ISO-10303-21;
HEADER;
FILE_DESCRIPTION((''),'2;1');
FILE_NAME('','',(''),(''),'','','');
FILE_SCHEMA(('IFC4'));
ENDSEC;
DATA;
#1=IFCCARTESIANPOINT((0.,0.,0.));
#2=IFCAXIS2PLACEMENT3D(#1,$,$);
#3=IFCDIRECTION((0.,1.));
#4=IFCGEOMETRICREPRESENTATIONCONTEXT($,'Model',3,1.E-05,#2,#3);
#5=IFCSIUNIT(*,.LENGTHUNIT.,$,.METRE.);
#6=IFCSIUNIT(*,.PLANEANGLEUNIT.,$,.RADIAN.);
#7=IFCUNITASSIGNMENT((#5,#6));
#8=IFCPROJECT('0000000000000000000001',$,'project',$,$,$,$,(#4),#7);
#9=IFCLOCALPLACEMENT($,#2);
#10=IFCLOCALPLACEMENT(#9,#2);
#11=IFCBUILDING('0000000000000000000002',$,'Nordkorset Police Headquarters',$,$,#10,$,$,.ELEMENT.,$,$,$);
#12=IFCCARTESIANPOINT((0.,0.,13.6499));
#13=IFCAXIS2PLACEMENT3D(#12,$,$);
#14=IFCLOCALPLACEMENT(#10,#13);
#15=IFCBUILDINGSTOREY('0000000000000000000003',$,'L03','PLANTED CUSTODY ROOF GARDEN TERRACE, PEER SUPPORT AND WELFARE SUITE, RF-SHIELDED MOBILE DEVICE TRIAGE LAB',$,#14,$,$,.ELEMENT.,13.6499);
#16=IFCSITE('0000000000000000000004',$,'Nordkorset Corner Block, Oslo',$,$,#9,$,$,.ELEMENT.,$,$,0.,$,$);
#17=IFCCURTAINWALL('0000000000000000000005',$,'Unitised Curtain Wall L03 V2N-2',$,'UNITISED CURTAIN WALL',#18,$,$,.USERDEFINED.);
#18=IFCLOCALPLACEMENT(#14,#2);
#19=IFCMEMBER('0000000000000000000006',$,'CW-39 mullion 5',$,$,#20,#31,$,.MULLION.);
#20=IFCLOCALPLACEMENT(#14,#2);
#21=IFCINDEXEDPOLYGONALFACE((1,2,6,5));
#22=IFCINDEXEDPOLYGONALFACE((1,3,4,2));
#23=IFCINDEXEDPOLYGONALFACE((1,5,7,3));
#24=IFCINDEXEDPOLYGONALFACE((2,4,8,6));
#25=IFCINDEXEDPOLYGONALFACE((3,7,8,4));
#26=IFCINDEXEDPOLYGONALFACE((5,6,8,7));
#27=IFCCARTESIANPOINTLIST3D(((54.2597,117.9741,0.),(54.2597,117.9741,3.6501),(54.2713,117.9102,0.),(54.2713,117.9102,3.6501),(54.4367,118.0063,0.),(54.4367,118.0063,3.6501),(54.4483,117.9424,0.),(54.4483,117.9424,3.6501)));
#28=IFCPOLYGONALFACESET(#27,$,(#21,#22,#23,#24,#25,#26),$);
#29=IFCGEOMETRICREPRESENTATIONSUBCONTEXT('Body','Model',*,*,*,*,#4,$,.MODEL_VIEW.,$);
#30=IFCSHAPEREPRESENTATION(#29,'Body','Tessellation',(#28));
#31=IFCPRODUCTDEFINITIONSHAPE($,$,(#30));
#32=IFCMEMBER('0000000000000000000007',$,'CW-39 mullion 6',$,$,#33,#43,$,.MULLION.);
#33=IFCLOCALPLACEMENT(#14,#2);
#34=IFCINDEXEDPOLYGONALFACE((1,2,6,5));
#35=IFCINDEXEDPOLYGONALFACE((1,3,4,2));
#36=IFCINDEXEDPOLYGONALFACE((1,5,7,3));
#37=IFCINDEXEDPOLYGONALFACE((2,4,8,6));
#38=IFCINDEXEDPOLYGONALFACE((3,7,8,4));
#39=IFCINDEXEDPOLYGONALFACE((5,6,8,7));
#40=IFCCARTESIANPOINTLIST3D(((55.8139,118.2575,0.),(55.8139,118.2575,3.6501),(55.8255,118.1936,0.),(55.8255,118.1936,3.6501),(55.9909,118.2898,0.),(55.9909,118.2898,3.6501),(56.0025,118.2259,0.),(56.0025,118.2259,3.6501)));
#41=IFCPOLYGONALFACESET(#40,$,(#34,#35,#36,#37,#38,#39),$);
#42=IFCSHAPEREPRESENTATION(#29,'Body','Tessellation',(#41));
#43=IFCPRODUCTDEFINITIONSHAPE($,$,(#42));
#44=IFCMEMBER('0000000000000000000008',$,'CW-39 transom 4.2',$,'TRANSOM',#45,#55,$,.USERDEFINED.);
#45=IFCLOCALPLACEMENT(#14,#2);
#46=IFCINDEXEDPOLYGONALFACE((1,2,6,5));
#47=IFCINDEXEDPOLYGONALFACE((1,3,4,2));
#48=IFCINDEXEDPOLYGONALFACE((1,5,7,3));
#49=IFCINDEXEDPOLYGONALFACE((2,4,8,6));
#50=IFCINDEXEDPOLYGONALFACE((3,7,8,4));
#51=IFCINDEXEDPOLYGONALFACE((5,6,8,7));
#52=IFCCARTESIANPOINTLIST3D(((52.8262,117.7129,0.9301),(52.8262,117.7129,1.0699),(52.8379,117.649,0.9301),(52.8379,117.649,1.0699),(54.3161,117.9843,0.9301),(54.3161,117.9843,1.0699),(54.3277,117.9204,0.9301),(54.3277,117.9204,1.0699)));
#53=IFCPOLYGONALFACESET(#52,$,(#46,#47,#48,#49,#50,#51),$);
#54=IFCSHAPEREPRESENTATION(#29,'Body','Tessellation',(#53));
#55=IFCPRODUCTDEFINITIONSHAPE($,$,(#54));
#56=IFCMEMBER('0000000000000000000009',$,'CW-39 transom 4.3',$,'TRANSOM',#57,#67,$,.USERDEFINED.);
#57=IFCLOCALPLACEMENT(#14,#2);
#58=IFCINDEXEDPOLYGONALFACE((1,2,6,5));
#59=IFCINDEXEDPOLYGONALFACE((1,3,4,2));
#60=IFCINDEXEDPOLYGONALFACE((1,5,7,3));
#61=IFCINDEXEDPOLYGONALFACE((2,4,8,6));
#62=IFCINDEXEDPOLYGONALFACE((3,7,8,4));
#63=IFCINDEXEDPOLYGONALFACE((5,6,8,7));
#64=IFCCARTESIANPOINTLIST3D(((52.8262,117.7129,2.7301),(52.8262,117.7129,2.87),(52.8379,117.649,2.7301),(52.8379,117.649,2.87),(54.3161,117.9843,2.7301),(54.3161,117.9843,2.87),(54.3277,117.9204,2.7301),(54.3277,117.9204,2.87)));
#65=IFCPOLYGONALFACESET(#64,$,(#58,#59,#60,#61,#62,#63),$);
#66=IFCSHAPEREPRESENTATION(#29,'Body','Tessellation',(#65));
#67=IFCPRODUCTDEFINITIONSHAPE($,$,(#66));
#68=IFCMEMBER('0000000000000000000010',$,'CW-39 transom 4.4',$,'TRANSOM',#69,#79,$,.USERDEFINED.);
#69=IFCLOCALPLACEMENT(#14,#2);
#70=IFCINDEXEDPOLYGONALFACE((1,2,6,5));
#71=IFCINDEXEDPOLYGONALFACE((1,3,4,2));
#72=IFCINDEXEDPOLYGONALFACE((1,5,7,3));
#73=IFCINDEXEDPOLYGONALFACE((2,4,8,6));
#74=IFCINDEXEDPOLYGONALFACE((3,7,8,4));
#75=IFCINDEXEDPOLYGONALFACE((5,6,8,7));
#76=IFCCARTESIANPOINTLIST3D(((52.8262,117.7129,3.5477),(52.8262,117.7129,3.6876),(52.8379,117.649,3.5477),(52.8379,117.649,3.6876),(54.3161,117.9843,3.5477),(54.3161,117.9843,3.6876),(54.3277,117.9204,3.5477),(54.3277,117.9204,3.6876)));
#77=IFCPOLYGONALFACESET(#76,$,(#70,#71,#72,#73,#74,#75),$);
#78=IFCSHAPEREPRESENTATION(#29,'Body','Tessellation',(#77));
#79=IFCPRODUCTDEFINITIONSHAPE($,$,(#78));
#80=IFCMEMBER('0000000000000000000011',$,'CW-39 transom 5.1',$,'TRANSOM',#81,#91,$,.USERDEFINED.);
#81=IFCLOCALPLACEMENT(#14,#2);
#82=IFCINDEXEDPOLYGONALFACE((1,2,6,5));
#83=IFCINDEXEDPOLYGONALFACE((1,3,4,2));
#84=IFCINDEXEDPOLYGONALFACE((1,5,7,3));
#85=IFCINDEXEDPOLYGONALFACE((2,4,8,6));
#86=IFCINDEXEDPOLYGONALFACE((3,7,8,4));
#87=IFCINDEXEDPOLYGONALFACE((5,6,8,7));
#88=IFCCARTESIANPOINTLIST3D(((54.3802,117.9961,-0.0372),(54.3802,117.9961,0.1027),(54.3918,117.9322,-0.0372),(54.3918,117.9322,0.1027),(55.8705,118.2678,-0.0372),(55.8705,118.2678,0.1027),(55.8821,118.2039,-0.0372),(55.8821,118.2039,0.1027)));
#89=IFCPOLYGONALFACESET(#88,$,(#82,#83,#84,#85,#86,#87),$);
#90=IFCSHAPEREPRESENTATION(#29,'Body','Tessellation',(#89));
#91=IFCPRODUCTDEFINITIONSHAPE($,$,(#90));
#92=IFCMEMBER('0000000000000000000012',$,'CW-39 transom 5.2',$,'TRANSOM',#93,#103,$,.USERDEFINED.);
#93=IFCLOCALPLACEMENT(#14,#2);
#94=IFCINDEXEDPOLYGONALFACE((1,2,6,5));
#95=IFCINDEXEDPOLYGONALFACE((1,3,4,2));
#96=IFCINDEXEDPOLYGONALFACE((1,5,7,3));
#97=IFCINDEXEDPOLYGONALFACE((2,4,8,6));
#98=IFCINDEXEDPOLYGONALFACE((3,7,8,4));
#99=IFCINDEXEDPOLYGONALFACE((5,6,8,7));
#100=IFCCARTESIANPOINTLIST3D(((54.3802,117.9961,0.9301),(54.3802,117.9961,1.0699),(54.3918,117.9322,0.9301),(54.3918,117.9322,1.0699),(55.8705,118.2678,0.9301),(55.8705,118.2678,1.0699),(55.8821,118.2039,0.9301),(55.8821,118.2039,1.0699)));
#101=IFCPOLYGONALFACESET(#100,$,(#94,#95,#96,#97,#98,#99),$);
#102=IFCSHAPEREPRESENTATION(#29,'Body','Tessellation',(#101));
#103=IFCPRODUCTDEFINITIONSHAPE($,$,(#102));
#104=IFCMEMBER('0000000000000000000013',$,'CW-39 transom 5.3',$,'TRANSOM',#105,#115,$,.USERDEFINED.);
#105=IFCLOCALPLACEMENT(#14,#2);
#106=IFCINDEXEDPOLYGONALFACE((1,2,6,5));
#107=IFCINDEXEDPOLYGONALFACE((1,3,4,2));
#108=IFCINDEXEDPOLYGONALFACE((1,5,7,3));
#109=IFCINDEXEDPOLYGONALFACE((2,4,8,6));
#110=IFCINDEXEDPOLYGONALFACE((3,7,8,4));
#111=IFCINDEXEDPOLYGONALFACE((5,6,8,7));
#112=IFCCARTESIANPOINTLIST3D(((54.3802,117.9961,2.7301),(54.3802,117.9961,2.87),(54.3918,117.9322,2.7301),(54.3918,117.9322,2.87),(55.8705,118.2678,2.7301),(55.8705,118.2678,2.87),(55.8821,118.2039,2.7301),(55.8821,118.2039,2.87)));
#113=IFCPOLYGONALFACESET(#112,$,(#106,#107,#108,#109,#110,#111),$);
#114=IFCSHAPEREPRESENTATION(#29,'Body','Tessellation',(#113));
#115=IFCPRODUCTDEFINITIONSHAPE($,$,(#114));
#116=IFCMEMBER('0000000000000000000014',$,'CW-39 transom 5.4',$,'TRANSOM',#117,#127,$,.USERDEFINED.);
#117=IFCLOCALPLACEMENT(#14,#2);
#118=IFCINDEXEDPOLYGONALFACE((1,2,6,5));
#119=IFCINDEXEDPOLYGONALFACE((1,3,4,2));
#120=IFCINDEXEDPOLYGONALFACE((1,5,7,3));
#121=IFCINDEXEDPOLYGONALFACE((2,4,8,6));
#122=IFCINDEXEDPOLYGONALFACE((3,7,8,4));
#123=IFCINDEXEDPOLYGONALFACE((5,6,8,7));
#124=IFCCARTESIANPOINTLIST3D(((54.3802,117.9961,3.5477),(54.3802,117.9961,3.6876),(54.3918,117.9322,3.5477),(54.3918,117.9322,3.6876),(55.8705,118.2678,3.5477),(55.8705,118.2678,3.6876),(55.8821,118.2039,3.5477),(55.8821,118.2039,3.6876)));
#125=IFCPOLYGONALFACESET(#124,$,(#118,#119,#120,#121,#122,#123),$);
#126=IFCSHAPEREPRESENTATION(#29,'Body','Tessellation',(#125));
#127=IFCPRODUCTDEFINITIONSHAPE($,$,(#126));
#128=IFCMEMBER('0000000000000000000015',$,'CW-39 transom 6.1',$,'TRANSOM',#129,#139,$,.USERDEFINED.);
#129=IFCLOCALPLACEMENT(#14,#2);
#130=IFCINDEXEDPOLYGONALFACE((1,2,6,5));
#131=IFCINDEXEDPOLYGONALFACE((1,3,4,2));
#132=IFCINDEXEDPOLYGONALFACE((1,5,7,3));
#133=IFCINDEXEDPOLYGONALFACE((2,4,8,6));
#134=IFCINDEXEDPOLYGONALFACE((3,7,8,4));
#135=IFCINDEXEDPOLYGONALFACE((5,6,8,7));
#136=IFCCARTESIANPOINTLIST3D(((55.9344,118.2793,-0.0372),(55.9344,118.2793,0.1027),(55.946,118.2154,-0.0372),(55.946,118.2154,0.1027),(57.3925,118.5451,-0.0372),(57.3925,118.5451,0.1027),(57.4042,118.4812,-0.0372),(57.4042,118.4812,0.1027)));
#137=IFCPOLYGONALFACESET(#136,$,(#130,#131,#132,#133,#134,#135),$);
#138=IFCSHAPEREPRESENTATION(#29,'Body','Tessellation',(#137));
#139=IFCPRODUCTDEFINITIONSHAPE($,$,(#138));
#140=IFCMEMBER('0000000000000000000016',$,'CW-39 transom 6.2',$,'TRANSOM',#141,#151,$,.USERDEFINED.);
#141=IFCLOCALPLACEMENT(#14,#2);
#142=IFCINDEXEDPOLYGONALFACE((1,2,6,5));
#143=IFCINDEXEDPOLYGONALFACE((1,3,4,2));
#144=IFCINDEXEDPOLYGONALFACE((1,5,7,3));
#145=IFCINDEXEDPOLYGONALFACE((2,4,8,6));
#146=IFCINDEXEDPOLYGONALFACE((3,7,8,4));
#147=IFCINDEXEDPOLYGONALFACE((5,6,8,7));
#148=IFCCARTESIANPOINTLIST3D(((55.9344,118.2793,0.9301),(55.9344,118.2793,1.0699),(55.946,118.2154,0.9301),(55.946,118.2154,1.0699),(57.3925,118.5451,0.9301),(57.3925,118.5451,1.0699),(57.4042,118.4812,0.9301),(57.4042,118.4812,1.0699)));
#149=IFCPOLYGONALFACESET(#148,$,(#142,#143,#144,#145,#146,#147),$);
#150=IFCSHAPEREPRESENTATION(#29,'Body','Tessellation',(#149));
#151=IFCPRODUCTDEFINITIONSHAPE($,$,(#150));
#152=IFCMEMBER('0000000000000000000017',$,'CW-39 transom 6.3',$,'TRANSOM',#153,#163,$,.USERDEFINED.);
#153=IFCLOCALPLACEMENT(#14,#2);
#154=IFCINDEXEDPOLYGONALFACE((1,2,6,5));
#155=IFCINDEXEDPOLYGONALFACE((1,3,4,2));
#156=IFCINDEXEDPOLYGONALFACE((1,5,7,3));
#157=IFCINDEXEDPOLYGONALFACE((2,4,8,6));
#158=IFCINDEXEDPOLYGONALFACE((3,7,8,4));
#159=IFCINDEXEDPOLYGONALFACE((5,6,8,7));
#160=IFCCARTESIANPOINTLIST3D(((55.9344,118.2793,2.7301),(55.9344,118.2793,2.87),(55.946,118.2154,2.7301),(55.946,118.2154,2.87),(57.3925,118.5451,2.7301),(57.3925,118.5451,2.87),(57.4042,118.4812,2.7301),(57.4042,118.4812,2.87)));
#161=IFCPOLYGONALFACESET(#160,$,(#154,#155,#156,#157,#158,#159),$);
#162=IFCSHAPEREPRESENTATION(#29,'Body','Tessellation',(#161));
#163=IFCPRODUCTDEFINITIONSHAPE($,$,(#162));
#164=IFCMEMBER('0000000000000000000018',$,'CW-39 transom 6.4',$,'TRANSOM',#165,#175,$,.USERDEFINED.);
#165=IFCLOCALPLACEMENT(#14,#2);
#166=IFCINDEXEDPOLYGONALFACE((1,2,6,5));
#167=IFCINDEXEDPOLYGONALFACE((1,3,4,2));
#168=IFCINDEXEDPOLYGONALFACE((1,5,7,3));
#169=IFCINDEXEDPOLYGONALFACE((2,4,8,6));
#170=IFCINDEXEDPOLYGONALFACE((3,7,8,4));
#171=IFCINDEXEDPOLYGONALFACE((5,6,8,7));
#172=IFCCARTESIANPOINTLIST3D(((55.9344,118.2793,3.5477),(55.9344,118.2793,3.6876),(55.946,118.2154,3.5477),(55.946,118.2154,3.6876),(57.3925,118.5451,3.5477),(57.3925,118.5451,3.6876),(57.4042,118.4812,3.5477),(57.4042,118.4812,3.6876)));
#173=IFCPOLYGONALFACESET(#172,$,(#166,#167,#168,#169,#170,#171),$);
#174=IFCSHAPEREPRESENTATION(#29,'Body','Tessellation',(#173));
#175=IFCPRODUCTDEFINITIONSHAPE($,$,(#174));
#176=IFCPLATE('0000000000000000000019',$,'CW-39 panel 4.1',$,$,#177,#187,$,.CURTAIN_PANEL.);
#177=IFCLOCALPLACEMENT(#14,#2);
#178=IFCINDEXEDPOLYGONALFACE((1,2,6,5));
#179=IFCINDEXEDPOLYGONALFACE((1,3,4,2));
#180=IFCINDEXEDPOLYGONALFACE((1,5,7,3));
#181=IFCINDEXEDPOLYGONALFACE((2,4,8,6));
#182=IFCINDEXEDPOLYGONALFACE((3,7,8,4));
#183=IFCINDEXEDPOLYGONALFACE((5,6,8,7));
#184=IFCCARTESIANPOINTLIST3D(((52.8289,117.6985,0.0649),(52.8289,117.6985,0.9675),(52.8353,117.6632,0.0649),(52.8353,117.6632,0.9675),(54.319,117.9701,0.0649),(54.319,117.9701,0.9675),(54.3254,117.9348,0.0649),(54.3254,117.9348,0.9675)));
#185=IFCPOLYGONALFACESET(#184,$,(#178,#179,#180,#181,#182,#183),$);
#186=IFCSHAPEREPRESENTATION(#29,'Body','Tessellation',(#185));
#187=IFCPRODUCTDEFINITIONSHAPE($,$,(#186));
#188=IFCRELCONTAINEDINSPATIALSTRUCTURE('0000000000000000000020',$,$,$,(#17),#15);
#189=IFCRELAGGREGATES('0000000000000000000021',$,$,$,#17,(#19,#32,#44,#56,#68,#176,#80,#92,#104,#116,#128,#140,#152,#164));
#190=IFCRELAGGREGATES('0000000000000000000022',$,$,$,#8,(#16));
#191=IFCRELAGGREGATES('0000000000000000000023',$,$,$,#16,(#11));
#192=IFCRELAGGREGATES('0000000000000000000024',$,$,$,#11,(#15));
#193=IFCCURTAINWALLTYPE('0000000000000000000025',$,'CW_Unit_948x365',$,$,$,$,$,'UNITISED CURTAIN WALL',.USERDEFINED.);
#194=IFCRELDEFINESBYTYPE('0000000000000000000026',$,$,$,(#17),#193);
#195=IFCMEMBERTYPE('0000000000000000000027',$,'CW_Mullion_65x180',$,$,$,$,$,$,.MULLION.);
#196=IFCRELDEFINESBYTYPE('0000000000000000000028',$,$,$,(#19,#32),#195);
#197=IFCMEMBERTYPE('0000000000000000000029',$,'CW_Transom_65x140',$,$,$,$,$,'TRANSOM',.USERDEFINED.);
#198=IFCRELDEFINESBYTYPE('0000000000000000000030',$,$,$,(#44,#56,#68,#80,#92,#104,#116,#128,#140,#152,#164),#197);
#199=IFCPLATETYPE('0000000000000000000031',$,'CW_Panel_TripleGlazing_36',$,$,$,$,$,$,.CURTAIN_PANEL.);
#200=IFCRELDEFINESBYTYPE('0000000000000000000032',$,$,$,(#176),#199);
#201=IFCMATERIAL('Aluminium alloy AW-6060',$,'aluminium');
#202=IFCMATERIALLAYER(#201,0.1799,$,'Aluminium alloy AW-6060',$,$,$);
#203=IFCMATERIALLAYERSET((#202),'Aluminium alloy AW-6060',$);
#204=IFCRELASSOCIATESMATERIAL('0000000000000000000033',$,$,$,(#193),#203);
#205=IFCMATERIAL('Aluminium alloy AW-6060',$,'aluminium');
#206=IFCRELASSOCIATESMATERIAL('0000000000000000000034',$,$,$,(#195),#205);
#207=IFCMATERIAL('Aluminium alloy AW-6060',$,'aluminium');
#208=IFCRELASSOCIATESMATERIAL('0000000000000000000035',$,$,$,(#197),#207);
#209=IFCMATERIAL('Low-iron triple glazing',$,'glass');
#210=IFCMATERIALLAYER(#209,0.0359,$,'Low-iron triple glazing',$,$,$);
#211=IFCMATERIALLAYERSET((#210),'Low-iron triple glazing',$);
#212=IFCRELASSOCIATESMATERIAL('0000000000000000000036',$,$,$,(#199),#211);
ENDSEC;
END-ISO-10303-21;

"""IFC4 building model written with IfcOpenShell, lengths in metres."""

from ifc_helpers import new_model, si_unit, direction, frame, origin, origin_2d, place, context, subcontext, project, spatial, rectangle, extrude, material, layer, layer_set, material_profile, profile_set, type_object, element, aggregate, save


model = new_model("IFC4")

# Units and contexts
model_context = context("Model", 3, precision=1e-05, world=origin(), true_north=direction((0.0, 1.0)))
body_context = subcontext(model_context, "Body", "Model", "MODEL_VIEW")
ifc_project = project(units=[si_unit("LENGTHUNIT", "METRE"), si_unit("PLANEANGLEUNIT", "RADIAN")], contexts=[model_context])

# Site, building, storey
site_placement = place(None, origin())
site = spatial("IfcSite", under=ifc_project, at=site_placement, Name="Nordkorset Corner Block, Oslo", CompositionType="ELEMENT", RefElevation=0.0)
building_placement = place(site_placement, origin())
building = spatial("IfcBuilding", under=site, at=building_placement, Name="Nordkorset Police Headquarters", CompositionType="ELEMENT")
storey_placement = place(building_placement, frame((0.0, 0.0, 13.6499)))
storey = spatial("IfcBuildingStorey", under=building, at=storey_placement, Name="L03", Description="PLANTED CUSTODY ROOF GARDEN TERRACE, PEER SUPPORT AND WELFARE SUITE, RF-SHIELDED MOBILE DEVICE TRIAGE LAB", CompositionType="ELEMENT", Elevation=13.6499)

# Curtain wall, members, plate
ifc_material_1 = material(Name="Aluminium alloy AW-6060", Category="aluminium")
ifc_layer_1 = layer(ifc_material_1, 0.1799, Name="Aluminium alloy AW-6060")
ifc_layer_set_1 = layer_set([ifc_layer_1], Name="Aluminium alloy AW-6060")
curtain_wall_type = type_object("IfcCurtainWallType", Name="CW_Unit_948x365", ElementType="UNITISED CURTAIN WALL", PredefinedType="USERDEFINED", material=ifc_layer_set_1)
curtain_wall_placement = place(storey_placement, origin())
curtain_wall = element("IfcCurtainWall", 1, at=curtain_wall_placement, inside=storey, type_object=curtain_wall_type, Name="Unitised Curtain Wall L03 V2N-2", ObjectType="UNITISED CURTAIN WALL", PredefinedType="USERDEFINED")
ifc_material_2 = material(Name="Aluminium alloy AW-6060", Category="aluminium")
ifc_material_profile_1 = material_profile(ifc_material_2, rectangle(XDim=0.0649, YDim=0.1799, at=origin_2d()), Name="ALU MULL 65x180")
ifc_profile_set_1 = profile_set([ifc_material_profile_1], Name="Aluminium alloy AW-6060")
member_type_1 = type_object("IfcMemberType", Name="CW_Mullion_65x180", PredefinedType="MULLION", material=ifc_profile_set_1)
member_1_placement = place(storey_placement, frame((54.354, 117.9583, 0.0), z_axis=(0.0, 0.0, 1.0), x_axis=(-0.179336, 0.983788, 0.0)))
member_1 = element("IfcMember", 2, at=member_1_placement, type_object=member_type_1, Name="CW-39 mullion 5", PredefinedType="MULLION", context=body_context, shape_type="SweptSolid", body=[
    extrude(rectangle(XDim=0.0649, YDim=0.1799, at=origin_2d()), origin(), (0.0, 0.0, 1.0), 3.6501),
])
member_2_placement = place(storey_placement, frame((55.9082, 118.2417, 0.0), z_axis=(0.0, 0.0, 1.0), x_axis=(-0.179336, 0.983788, 0.0)))
member_2 = element("IfcMember", 3, at=member_2_placement, type_object=member_type_1, Name="CW-39 mullion 6", PredefinedType="MULLION", context=body_context, shape_type="SweptSolid", body=[
    extrude(rectangle(XDim=0.0649, YDim=0.1799, at=origin_2d()), origin(), (0.0, 0.0, 1.0), 3.6501),
])
ifc_material_3 = material(Name="Aluminium alloy AW-6060", Category="aluminium")
ifc_material_profile_2 = material_profile(ifc_material_3, rectangle(XDim=0.0649, YDim=0.1399, at=origin_2d()), Name="ALU TRAN 65x140")
ifc_profile_set_2 = profile_set([ifc_material_profile_2], Name="Aluminium alloy AW-6060")
member_type_2 = type_object("IfcMemberType", Name="CW_Transom_65x140", ElementType="TRANSOM", PredefinedType="USERDEFINED", material=ifc_profile_set_2)
member_3_placement = place(storey_placement, frame((52.832, 117.6809, 1.0), z_axis=(0.983803, 0.179254, 0.0), x_axis=(-0.179254, 0.983803, 0.0)))
member_3 = element("IfcMember", 4, at=member_3_placement, type_object=member_type_2, Name="CW-39 transom 4.2", ObjectType="TRANSOM", PredefinedType="USERDEFINED", context=body_context, shape_type="SweptSolid", body=[
    extrude(rectangle(XDim=0.0649, YDim=0.1399, at=origin_2d()), origin(), (0.0, 0.0, 1.0), 1.5144),
])
member_4_placement = place(storey_placement, frame((52.832, 117.6809, 2.8), z_axis=(0.983803, 0.179254, 0.0), x_axis=(-0.179254, 0.983803, 0.0)))
member_4 = element("IfcMember", 5, at=member_4_placement, type_object=member_type_2, Name="CW-39 transom 4.3", ObjectType="TRANSOM", PredefinedType="USERDEFINED", context=body_context, shape_type="SweptSolid", body=[
    extrude(rectangle(XDim=0.0649, YDim=0.1399, at=origin_2d()), origin(), (0.0, 0.0, 1.0), 1.5144),
])
member_5_placement = place(storey_placement, frame((52.832, 117.6809, 3.6177), z_axis=(0.983803, 0.179254, 0.0), x_axis=(-0.179254, 0.983803, 0.0)))
member_5 = element("IfcMember", 6, at=member_5_placement, type_object=member_type_2, Name="CW-39 transom 4.4", ObjectType="TRANSOM", PredefinedType="USERDEFINED", context=body_context, shape_type="SweptSolid", body=[
    extrude(rectangle(XDim=0.0649, YDim=0.1399, at=origin_2d()), origin(), (0.0, 0.0, 1.0), 1.5144),
])
member_6_placement = place(storey_placement, frame((54.386, 117.9641, 0.0327), z_axis=(0.98378, 0.179382, 0.0), x_axis=(-0.179382, 0.98378, 0.0)))
member_6 = element("IfcMember", 7, at=member_6_placement, type_object=member_type_2, Name="CW-39 transom 5.1", ObjectType="TRANSOM", PredefinedType="USERDEFINED", context=body_context, shape_type="SweptSolid", body=[
    extrude(rectangle(XDim=0.0649, YDim=0.1399, at=origin_2d()), origin(), (0.0, 0.0, 1.0), 1.5149),
])
member_7_placement = place(storey_placement, frame((54.386, 117.9641, 1.0), z_axis=(0.98378, 0.179382, 0.0), x_axis=(-0.179382, 0.98378, 0.0)))
member_7 = element("IfcMember", 8, at=member_7_placement, type_object=member_type_2, Name="CW-39 transom 5.2", ObjectType="TRANSOM", PredefinedType="USERDEFINED", context=body_context, shape_type="SweptSolid", body=[
    extrude(rectangle(XDim=0.0649, YDim=0.1399, at=origin_2d()), origin(), (0.0, 0.0, 1.0), 1.5149),
])
member_8_placement = place(storey_placement, frame((54.386, 117.9641, 2.8), z_axis=(0.98378, 0.179382, 0.0), x_axis=(-0.179382, 0.98378, 0.0)))
member_8 = element("IfcMember", 9, at=member_8_placement, type_object=member_type_2, Name="CW-39 transom 5.3", ObjectType="TRANSOM", PredefinedType="USERDEFINED", context=body_context, shape_type="SweptSolid", body=[
    extrude(rectangle(XDim=0.0649, YDim=0.1399, at=origin_2d()), origin(), (0.0, 0.0, 1.0), 1.5149),
])
member_9_placement = place(storey_placement, frame((54.386, 117.9641, 3.6177), z_axis=(0.98378, 0.179382, 0.0), x_axis=(-0.179382, 0.98378, 0.0)))
member_9 = element("IfcMember", 10, at=member_9_placement, type_object=member_type_2, Name="CW-39 transom 5.4", ObjectType="TRANSOM", PredefinedType="USERDEFINED", context=body_context, shape_type="SweptSolid", body=[
    extrude(rectangle(XDim=0.0649, YDim=0.1399, at=origin_2d()), origin(), (0.0, 0.0, 1.0), 1.5149),
])
member_10_placement = place(storey_placement, frame((55.9402, 118.2473, 0.0327), z_axis=(0.983783, 0.179364, 0.0), x_axis=(-0.179364, 0.983783, 0.0)))
member_10 = element("IfcMember", 11, at=member_10_placement, type_object=member_type_2, Name="CW-39 transom 6.1", ObjectType="TRANSOM", PredefinedType="USERDEFINED", context=body_context, shape_type="SweptSolid", body=[
    extrude(rectangle(XDim=0.0649, YDim=0.1399, at=origin_2d()), origin(), (0.0, 0.0, 1.0), 1.4822),
])
member_11_placement = place(storey_placement, frame((55.9402, 118.2473, 1.0), z_axis=(0.983783, 0.179364, 0.0), x_axis=(-0.179364, 0.983783, 0.0)))
member_11 = element("IfcMember", 12, at=member_11_placement, type_object=member_type_2, Name="CW-39 transom 6.2", ObjectType="TRANSOM", PredefinedType="USERDEFINED", context=body_context, shape_type="SweptSolid", body=[
    extrude(rectangle(XDim=0.0649, YDim=0.1399, at=origin_2d()), origin(), (0.0, 0.0, 1.0), 1.4822),
])
member_12_placement = place(storey_placement, frame((55.9402, 118.2473, 2.8), z_axis=(0.983783, 0.179364, 0.0), x_axis=(-0.179364, 0.983783, 0.0)))
member_12 = element("IfcMember", 13, at=member_12_placement, type_object=member_type_2, Name="CW-39 transom 6.3", ObjectType="TRANSOM", PredefinedType="USERDEFINED", context=body_context, shape_type="SweptSolid", body=[
    extrude(rectangle(XDim=0.0649, YDim=0.1399, at=origin_2d()), origin(), (0.0, 0.0, 1.0), 1.4822),
])
member_13_placement = place(storey_placement, frame((55.9402, 118.2473, 3.6177), z_axis=(0.983783, 0.179364, 0.0), x_axis=(-0.179364, 0.983783, 0.0)))
member_13 = element("IfcMember", 14, at=member_13_placement, type_object=member_type_2, Name="CW-39 transom 6.4", ObjectType="TRANSOM", PredefinedType="USERDEFINED", context=body_context, shape_type="SweptSolid", body=[
    extrude(rectangle(XDim=0.0649, YDim=0.1399, at=origin_2d()), origin(), (0.0, 0.0, 1.0), 1.4822),
])
ifc_material_4 = material(Name="Low-iron triple glazing", Category="glass")
ifc_layer_2 = layer(ifc_material_4, 0.0359, Name="Low-iron triple glazing")
ifc_layer_set_2 = layer_set([ifc_layer_2], Name="Low-iron triple glazing")
plate_type = type_object("IfcPlateType", Name="CW_Panel_TripleGlazing_36", PredefinedType="CURTAIN_PANEL", material=ifc_layer_set_2)
plate_1_placement = place(storey_placement, frame((53.5771, 117.8167, 0.0649), z_axis=(0.0, 0.0, 1.0), x_axis=(0.983788, 0.179336, 0.0)))
plate_1 = element("IfcPlate", 15, at=plate_1_placement, type_object=plate_type, Name="CW-39 panel 4.1", PredefinedType="CURTAIN_PANEL", context=body_context, shape_type="SweptSolid", body=[
    extrude(rectangle(XDim=1.5146, YDim=0.0359, at=origin_2d()), origin(), (0.0, 0.0, 1.0), 0.9026),
])
aggregate(curtain_wall, [member_1, member_2, member_3, member_4, member_5, plate_1, member_6, member_7, member_8, member_9, member_10, member_11, member_12, member_13])

save(model, "model.ifc")
